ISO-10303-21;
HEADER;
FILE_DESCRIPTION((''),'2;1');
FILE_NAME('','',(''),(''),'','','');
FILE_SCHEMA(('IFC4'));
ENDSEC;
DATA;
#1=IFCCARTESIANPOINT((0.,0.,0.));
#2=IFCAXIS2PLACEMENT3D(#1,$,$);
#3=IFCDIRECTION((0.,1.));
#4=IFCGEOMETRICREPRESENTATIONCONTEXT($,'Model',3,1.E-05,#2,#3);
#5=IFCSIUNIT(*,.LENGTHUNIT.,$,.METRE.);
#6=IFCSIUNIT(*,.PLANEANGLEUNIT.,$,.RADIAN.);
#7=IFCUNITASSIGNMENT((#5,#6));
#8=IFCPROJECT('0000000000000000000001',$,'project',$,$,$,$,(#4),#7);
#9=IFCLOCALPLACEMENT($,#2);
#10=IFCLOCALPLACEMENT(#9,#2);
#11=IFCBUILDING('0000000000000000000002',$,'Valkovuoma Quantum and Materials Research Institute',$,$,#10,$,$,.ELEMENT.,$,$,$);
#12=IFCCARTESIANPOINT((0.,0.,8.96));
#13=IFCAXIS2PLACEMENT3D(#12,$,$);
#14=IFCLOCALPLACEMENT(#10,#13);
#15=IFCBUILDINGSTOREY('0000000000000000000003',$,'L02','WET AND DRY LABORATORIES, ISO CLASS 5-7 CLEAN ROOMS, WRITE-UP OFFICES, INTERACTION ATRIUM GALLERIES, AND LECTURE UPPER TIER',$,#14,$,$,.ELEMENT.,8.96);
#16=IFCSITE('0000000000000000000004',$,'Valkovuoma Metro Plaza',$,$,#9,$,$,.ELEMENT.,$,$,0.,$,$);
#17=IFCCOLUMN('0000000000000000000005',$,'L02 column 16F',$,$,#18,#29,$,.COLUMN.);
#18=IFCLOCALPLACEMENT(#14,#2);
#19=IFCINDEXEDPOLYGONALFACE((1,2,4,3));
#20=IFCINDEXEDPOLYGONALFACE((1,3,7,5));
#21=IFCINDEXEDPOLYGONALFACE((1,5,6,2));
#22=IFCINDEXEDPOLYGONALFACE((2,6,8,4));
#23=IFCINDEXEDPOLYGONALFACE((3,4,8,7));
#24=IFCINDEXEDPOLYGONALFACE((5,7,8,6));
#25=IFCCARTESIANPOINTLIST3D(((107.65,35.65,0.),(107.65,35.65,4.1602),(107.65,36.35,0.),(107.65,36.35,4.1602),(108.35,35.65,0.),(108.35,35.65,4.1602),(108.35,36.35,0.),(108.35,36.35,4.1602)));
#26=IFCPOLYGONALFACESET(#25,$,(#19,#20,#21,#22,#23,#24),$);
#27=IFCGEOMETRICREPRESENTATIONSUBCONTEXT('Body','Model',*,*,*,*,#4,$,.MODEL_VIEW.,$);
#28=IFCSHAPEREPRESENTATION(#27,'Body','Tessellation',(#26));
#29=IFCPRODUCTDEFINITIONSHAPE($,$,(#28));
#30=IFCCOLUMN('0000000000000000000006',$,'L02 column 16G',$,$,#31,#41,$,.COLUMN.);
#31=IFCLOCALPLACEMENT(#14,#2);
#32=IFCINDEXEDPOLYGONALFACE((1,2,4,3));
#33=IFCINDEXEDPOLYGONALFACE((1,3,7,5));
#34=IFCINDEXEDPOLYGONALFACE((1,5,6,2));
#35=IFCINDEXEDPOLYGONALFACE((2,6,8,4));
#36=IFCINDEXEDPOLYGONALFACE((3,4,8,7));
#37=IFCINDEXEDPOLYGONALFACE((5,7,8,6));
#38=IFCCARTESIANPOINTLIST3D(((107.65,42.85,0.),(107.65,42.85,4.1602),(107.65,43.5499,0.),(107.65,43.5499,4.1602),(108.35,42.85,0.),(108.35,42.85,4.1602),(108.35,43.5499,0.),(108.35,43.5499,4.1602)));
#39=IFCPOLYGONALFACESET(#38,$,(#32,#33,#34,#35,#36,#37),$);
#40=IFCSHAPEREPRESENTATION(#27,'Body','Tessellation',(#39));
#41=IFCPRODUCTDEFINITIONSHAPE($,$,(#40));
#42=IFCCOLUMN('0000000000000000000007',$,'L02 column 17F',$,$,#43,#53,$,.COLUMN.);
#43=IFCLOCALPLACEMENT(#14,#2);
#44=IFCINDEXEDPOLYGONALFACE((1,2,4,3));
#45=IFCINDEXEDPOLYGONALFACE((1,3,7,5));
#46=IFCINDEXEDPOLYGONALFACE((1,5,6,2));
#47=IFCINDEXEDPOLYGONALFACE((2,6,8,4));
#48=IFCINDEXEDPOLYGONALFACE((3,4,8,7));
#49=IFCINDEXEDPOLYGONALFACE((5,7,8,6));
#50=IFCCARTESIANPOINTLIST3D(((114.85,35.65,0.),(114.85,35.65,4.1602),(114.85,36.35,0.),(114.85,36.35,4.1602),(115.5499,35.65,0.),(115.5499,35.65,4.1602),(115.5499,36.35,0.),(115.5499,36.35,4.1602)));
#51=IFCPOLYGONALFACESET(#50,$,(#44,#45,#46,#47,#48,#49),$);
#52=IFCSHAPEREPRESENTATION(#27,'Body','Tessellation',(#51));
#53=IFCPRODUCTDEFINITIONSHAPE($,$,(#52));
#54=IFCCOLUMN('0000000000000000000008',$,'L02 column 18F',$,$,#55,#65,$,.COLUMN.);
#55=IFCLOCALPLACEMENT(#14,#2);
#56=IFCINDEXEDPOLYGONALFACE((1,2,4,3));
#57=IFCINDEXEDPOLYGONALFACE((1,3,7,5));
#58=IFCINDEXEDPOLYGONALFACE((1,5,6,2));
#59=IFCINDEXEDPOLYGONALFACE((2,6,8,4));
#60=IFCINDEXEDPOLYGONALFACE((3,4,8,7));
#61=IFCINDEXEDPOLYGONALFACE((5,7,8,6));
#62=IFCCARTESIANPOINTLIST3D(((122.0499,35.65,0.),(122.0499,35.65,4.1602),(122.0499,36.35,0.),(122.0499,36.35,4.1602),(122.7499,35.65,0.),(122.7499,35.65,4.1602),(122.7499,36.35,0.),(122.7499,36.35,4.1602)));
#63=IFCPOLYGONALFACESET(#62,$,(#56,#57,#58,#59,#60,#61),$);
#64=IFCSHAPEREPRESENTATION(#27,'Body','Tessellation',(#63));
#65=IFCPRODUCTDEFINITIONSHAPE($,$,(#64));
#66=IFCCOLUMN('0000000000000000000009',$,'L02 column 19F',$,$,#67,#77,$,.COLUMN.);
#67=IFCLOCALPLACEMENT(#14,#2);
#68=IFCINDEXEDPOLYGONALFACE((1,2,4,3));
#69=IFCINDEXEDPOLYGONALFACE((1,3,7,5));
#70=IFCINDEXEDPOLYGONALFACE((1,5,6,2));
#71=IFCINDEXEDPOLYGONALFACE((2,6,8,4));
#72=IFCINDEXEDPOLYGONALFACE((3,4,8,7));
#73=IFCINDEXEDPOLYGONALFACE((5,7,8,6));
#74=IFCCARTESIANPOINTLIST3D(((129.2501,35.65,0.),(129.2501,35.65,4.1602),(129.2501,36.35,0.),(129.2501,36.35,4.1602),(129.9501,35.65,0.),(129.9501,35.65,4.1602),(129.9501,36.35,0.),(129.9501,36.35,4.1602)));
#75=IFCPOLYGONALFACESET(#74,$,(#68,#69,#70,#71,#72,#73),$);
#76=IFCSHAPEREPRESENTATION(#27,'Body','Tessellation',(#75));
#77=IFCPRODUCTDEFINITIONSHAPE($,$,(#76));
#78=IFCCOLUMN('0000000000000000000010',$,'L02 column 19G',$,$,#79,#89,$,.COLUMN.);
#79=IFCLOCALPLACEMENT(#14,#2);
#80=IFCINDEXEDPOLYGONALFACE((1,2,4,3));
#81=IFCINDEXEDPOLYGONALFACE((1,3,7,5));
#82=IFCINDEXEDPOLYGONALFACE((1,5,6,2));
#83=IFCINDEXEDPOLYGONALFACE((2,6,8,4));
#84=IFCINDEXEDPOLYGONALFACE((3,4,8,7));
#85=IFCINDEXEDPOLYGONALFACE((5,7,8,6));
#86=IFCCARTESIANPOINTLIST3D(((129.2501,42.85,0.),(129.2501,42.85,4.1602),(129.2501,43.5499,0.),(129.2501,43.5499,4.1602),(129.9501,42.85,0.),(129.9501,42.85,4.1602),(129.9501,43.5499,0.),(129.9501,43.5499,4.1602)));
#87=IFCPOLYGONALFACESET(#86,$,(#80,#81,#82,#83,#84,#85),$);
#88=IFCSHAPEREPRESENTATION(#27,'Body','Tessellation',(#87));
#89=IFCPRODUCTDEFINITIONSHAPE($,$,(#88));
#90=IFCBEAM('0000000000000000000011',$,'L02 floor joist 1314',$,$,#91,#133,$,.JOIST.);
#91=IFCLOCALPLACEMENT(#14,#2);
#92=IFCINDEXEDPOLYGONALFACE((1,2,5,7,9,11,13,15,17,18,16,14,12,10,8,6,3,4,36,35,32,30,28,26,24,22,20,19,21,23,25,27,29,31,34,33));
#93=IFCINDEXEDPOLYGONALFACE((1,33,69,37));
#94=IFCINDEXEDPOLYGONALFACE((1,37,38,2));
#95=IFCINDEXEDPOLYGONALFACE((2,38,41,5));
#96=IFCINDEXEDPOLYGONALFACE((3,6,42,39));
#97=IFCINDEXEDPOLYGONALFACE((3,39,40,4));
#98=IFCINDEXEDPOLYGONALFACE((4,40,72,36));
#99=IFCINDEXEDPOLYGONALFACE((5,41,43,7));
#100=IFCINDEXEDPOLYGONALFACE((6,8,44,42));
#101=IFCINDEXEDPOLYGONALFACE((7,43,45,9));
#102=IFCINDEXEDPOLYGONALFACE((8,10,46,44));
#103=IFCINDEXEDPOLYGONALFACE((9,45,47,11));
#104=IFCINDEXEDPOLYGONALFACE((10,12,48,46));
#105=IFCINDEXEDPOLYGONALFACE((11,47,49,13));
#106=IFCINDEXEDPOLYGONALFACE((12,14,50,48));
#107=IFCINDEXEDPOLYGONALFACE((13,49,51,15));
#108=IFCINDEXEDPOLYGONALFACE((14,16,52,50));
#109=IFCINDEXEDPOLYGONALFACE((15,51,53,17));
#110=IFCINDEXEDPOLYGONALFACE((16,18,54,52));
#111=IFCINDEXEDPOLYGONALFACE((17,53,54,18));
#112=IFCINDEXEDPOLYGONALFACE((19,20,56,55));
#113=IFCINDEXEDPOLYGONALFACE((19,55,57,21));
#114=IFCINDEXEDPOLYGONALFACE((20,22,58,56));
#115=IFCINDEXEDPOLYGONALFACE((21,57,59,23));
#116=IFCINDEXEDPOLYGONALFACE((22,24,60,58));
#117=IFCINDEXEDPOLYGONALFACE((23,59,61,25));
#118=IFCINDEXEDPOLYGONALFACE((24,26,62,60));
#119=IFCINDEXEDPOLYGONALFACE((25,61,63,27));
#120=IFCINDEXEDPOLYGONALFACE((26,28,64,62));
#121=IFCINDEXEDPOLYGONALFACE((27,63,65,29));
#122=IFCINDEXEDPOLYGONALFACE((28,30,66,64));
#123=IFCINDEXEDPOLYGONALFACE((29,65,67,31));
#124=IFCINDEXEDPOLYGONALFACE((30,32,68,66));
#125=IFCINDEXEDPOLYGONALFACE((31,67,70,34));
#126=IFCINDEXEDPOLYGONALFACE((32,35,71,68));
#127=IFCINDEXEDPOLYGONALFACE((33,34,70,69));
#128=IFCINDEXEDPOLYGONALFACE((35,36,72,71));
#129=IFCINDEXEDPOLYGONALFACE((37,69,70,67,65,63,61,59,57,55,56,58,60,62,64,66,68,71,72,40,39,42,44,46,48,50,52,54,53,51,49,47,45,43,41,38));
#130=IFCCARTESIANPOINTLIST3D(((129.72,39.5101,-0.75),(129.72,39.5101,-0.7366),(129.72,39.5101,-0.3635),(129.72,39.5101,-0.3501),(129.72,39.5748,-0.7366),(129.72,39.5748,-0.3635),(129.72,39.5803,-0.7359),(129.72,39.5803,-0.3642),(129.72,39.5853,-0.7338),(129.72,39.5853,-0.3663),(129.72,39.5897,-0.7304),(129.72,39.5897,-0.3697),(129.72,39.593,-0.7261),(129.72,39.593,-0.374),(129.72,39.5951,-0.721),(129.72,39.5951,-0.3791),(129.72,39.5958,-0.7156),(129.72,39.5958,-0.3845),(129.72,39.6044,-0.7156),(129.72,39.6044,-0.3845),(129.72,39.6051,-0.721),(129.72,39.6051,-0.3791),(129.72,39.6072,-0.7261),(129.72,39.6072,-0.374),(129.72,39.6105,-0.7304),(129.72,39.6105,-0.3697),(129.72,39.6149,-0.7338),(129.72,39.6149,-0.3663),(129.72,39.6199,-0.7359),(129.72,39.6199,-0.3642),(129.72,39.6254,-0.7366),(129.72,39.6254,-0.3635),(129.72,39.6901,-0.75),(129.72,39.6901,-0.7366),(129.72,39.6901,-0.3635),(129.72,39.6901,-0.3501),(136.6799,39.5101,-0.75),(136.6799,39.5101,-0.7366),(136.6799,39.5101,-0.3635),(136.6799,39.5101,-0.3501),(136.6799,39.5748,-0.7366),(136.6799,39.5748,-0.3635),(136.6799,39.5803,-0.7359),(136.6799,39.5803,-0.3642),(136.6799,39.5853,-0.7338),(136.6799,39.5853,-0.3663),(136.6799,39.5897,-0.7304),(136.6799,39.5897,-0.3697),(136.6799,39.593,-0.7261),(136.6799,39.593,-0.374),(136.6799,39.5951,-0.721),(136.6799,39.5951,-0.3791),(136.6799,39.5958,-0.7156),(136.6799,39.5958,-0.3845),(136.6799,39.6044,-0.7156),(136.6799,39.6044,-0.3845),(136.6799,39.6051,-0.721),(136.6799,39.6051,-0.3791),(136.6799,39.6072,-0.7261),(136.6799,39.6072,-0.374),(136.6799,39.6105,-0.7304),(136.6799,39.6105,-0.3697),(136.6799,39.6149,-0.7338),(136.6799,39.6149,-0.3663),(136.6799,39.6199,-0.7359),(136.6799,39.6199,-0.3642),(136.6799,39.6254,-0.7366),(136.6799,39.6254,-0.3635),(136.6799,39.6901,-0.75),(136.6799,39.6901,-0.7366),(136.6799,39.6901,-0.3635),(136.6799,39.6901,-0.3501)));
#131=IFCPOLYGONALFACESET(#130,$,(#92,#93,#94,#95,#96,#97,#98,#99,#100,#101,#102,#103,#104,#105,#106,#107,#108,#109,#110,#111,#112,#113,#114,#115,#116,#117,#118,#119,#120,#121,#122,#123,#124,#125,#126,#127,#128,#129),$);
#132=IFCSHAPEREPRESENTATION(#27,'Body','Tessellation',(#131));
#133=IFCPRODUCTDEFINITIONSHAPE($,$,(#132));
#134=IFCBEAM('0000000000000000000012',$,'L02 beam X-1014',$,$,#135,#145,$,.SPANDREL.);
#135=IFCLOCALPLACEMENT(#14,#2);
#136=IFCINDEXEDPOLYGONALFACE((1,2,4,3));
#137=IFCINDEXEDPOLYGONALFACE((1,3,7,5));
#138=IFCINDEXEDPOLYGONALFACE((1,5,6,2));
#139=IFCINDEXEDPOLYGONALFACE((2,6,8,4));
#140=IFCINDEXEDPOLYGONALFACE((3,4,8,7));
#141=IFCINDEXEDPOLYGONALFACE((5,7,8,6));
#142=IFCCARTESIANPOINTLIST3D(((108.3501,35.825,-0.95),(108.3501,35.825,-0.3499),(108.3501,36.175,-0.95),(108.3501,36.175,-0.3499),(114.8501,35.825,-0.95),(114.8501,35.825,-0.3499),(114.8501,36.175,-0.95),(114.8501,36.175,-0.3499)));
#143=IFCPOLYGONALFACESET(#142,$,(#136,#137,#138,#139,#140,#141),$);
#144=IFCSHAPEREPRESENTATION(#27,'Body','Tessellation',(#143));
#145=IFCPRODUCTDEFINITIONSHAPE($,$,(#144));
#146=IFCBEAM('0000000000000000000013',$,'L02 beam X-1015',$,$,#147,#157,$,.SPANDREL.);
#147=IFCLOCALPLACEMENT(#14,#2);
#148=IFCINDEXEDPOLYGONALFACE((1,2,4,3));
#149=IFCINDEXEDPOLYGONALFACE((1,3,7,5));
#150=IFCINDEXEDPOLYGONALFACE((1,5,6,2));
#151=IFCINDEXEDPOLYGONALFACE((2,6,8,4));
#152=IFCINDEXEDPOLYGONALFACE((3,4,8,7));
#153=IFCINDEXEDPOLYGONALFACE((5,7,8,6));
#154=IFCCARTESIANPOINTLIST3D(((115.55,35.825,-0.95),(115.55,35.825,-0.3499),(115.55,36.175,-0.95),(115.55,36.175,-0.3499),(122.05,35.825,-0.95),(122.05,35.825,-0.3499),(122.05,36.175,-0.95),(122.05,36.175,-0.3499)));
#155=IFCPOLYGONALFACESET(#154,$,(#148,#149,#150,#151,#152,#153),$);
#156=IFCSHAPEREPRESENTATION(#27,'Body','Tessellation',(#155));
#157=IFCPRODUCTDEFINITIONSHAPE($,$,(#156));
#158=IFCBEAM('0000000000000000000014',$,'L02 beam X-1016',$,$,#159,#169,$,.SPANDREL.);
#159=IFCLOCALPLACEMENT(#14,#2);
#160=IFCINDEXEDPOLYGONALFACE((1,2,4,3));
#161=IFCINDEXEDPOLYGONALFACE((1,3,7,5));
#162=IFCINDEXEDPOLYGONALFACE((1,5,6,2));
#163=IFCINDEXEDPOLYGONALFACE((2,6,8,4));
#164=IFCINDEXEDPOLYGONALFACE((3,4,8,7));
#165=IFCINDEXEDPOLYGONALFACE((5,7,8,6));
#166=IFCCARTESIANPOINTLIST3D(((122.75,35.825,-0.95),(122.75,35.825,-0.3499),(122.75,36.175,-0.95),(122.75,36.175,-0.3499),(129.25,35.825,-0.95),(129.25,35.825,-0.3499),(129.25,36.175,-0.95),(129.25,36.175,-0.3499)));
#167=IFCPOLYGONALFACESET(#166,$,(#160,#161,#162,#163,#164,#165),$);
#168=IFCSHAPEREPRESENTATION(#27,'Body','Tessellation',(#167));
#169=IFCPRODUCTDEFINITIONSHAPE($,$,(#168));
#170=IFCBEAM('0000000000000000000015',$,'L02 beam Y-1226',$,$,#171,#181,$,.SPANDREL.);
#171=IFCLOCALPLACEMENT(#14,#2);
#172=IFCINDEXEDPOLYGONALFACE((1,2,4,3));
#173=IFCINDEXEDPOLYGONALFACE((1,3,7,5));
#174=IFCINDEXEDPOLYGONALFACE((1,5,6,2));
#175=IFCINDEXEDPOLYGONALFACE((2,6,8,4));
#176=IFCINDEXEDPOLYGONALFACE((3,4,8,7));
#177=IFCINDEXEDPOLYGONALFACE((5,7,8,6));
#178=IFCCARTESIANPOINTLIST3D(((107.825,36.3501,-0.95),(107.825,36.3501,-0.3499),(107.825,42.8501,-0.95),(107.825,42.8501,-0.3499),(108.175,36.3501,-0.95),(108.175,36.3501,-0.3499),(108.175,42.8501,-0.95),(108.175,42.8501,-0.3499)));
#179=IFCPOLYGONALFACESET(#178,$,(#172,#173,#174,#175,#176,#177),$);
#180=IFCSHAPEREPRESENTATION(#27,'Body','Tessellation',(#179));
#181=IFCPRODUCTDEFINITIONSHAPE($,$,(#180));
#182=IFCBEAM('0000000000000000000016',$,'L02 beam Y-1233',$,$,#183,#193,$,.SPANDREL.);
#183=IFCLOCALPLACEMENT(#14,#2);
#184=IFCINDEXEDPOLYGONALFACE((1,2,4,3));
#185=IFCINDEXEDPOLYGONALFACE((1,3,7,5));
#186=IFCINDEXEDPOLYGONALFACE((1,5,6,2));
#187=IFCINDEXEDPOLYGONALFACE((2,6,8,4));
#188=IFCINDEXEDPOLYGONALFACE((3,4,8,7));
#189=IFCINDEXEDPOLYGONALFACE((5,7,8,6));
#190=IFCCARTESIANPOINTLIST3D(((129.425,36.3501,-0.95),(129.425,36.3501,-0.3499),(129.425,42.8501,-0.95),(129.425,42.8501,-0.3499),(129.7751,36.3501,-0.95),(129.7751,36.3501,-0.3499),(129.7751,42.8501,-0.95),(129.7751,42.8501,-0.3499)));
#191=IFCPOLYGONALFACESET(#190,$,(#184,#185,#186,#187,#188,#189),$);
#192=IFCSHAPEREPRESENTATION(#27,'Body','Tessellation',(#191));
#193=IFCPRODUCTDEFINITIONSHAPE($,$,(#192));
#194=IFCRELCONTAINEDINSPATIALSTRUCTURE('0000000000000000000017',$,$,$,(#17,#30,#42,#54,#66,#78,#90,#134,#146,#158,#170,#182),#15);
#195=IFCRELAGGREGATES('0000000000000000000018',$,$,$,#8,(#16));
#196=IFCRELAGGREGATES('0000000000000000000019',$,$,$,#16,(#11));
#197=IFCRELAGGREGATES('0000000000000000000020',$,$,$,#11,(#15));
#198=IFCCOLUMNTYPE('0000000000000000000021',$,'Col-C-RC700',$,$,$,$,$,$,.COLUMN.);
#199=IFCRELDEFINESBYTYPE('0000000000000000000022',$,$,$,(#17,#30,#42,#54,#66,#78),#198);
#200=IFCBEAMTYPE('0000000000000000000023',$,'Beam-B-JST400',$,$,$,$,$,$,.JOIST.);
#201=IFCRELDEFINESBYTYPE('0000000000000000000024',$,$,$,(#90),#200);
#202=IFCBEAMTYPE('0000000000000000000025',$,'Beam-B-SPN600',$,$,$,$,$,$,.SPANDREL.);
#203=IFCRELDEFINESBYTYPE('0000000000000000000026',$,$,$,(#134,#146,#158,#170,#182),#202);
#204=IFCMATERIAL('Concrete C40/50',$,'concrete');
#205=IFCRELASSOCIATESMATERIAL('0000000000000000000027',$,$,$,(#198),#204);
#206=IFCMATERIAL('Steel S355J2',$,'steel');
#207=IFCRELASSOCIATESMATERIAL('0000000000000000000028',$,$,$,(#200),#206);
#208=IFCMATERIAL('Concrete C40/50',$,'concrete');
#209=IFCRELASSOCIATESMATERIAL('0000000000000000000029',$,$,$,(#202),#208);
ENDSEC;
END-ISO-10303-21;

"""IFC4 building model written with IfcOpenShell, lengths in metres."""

from ifc_helpers import new_model, si_unit, direction, frame, origin, origin_2d, place, context, subcontext, project, spatial, rectangle, i_section, extrude, material, material_profile, profile_set, type_object, element, save


model = new_model("IFC4")

# Units and contexts
model_context = context("Model", 3, precision=1e-05, world=origin(), true_north=direction((0.0, 1.0)))
body_context = subcontext(model_context, "Body", "Model", "MODEL_VIEW")
ifc_project = project(units=[si_unit("LENGTHUNIT", "METRE"), si_unit("PLANEANGLEUNIT", "RADIAN")], contexts=[model_context])

# Site, building, storey
site_placement = place(None, origin())
site = spatial("IfcSite", under=ifc_project, at=site_placement, Name="Valkovuoma Metro Plaza", CompositionType="ELEMENT", RefElevation=0.0)
building_placement = place(site_placement, origin())
building = spatial("IfcBuilding", under=site, at=building_placement, Name="Valkovuoma Quantum and Materials Research Institute", CompositionType="ELEMENT")
storey_placement = place(building_placement, frame((0.0, 0.0, 8.96)))
storey = spatial("IfcBuildingStorey", under=building, at=storey_placement, Name="L02", Description="WET AND DRY LABORATORIES, ISO CLASS 5-7 CLEAN ROOMS, WRITE-UP OFFICES, INTERACTION ATRIUM GALLERIES, AND LECTURE UPPER TIER", CompositionType="ELEMENT", Elevation=8.96)

# Columns
ifc_material_1 = material(Name="Concrete C40/50", Category="concrete")
ifc_material_profile_1 = material_profile(ifc_material_1, rectangle(XDim=0.7, YDim=0.7, at=origin_2d()), Name="Concrete C40/50")
ifc_profile_set_1 = profile_set([ifc_material_profile_1], Name="Concrete C40/50")
column_type = type_object("IfcColumnType", Name="Col-C-RC700", PredefinedType="COLUMN", material=ifc_profile_set_1)
for number, where, z_axis, x_axis, name in (
    (1, (108.0, 36.0, 0.0), (0.0, 0.0, 1.0), (1.0, 0.0, 0.0), "L02 column 16F"),
    (2, (108.0, 43.2, 0.0), (0.0, 0.0, 1.0), (1.0, 0.0, 0.0), "L02 column 16G"),
    (3, (115.2, 36.0, 0.0), (0.0, 0.0, 1.0), (1.0, 0.0, 0.0), "L02 column 17F"),
    (4, (122.3999, 36.0, 0.0), (0.0, 0.0, 1.0), (1.0, 0.0, 0.0), "L02 column 18F"),
    (5, (129.6001, 36.0, 0.0), (0.0, 0.0, 1.0), (1.0, 0.0, 0.0), "L02 column 19F"),
    (6, (129.6001, 43.2, 0.0), (0.0, 0.0, 1.0), (1.0, 0.0, 0.0), "L02 column 19G"),
):
    element("IfcColumn", number, at=place(storey_placement, frame(where, z_axis=z_axis, x_axis=x_axis)), inside=storey, type_object=column_type, Name=name, PredefinedType="COLUMN", context=body_context, shape_type="SweptSolid", body=[
        extrude(rectangle(XDim=0.7, YDim=0.7, at=origin_2d()), origin(), (0.0, 0.0, 1.0), 4.1602),
    ])

# Beams
ifc_material_2 = material(Name="Steel S355J2", Category="steel")
ifc_material_profile_2 = material_profile(ifc_material_2, i_section(OverallWidth=0.1799, OverallDepth=0.3999, WebThickness=0.0085, FlangeThickness=0.0134, FilletRadius=0.021, at=origin_2d()), Name="Steel S355J2")
ifc_profile_set_2 = profile_set([ifc_material_profile_2], Name="Steel S355J2")
beam_type_1 = type_object("IfcBeamType", Name="Beam-B-JST400", PredefinedType="JOIST", material=ifc_profile_set_2)
beam_placement = place(storey_placement, frame((129.72, 39.6001, -0.55), z_axis=(1.0, 0.0, 0.0), x_axis=(0.0, 1.0, 0.0)))
element("IfcBeam", 7, at=beam_placement, inside=storey, type_object=beam_type_1, Name="L02 floor joist 1314", PredefinedType="JOIST", context=body_context, shape_type="SweptSolid", body=[
    extrude(i_section(OverallWidth=0.1799, OverallDepth=0.3999, WebThickness=0.0085, FlangeThickness=0.0134, FilletRadius=0.021, at=origin_2d()), origin(), (0.0, 0.0, 1.0), 6.96),
])
ifc_material_3 = material(Name="Concrete C40/50", Category="concrete")
ifc_material_profile_3 = material_profile(ifc_material_3, rectangle(XDim=0.3501, YDim=0.6001, at=origin_2d()), Name="Concrete C40/50")
ifc_profile_set_3 = profile_set([ifc_material_profile_3], Name="Concrete C40/50")
beam_type_2 = type_object("IfcBeamType", Name="Beam-B-SPN600", PredefinedType="SPANDREL", material=ifc_profile_set_3)
for number, where, z_axis, x_axis, name in (
    (8, (108.3501, 36.0, -0.6499), (1.0, 0.0, 0.0), (0.0, 1.0, 0.0), "L02 beam X-1014"),
    (9, (115.55, 36.0, -0.6499), (1.0, 0.0, 0.0), (0.0, 1.0, 0.0), "L02 beam X-1015"),
    (10, (122.75, 36.0, -0.6499), (1.0, 0.0, 0.0), (0.0, 1.0, 0.0), "L02 beam X-1016"),
    (11, (108.0, 36.3501, -0.6499), (0.0, 1.0, 0.0), (-1.0, 0.0, 0.0), "L02 beam Y-1226"),
    (12, (129.6001, 36.3501, -0.6499), (0.0, 1.0, 0.0), (-1.0, 0.0, 0.0), "L02 beam Y-1233"),
):
    element("IfcBeam", number, at=place(storey_placement, frame(where, z_axis=z_axis, x_axis=x_axis)), inside=storey, type_object=beam_type_2, Name=name, PredefinedType="SPANDREL", context=body_context, shape_type="SweptSolid", body=[
        extrude(rectangle(XDim=0.3501, YDim=0.6001, at=origin_2d()), origin(), (0.0, 0.0, 1.0), 6.5),
    ])

save(model, "model.ifc")
